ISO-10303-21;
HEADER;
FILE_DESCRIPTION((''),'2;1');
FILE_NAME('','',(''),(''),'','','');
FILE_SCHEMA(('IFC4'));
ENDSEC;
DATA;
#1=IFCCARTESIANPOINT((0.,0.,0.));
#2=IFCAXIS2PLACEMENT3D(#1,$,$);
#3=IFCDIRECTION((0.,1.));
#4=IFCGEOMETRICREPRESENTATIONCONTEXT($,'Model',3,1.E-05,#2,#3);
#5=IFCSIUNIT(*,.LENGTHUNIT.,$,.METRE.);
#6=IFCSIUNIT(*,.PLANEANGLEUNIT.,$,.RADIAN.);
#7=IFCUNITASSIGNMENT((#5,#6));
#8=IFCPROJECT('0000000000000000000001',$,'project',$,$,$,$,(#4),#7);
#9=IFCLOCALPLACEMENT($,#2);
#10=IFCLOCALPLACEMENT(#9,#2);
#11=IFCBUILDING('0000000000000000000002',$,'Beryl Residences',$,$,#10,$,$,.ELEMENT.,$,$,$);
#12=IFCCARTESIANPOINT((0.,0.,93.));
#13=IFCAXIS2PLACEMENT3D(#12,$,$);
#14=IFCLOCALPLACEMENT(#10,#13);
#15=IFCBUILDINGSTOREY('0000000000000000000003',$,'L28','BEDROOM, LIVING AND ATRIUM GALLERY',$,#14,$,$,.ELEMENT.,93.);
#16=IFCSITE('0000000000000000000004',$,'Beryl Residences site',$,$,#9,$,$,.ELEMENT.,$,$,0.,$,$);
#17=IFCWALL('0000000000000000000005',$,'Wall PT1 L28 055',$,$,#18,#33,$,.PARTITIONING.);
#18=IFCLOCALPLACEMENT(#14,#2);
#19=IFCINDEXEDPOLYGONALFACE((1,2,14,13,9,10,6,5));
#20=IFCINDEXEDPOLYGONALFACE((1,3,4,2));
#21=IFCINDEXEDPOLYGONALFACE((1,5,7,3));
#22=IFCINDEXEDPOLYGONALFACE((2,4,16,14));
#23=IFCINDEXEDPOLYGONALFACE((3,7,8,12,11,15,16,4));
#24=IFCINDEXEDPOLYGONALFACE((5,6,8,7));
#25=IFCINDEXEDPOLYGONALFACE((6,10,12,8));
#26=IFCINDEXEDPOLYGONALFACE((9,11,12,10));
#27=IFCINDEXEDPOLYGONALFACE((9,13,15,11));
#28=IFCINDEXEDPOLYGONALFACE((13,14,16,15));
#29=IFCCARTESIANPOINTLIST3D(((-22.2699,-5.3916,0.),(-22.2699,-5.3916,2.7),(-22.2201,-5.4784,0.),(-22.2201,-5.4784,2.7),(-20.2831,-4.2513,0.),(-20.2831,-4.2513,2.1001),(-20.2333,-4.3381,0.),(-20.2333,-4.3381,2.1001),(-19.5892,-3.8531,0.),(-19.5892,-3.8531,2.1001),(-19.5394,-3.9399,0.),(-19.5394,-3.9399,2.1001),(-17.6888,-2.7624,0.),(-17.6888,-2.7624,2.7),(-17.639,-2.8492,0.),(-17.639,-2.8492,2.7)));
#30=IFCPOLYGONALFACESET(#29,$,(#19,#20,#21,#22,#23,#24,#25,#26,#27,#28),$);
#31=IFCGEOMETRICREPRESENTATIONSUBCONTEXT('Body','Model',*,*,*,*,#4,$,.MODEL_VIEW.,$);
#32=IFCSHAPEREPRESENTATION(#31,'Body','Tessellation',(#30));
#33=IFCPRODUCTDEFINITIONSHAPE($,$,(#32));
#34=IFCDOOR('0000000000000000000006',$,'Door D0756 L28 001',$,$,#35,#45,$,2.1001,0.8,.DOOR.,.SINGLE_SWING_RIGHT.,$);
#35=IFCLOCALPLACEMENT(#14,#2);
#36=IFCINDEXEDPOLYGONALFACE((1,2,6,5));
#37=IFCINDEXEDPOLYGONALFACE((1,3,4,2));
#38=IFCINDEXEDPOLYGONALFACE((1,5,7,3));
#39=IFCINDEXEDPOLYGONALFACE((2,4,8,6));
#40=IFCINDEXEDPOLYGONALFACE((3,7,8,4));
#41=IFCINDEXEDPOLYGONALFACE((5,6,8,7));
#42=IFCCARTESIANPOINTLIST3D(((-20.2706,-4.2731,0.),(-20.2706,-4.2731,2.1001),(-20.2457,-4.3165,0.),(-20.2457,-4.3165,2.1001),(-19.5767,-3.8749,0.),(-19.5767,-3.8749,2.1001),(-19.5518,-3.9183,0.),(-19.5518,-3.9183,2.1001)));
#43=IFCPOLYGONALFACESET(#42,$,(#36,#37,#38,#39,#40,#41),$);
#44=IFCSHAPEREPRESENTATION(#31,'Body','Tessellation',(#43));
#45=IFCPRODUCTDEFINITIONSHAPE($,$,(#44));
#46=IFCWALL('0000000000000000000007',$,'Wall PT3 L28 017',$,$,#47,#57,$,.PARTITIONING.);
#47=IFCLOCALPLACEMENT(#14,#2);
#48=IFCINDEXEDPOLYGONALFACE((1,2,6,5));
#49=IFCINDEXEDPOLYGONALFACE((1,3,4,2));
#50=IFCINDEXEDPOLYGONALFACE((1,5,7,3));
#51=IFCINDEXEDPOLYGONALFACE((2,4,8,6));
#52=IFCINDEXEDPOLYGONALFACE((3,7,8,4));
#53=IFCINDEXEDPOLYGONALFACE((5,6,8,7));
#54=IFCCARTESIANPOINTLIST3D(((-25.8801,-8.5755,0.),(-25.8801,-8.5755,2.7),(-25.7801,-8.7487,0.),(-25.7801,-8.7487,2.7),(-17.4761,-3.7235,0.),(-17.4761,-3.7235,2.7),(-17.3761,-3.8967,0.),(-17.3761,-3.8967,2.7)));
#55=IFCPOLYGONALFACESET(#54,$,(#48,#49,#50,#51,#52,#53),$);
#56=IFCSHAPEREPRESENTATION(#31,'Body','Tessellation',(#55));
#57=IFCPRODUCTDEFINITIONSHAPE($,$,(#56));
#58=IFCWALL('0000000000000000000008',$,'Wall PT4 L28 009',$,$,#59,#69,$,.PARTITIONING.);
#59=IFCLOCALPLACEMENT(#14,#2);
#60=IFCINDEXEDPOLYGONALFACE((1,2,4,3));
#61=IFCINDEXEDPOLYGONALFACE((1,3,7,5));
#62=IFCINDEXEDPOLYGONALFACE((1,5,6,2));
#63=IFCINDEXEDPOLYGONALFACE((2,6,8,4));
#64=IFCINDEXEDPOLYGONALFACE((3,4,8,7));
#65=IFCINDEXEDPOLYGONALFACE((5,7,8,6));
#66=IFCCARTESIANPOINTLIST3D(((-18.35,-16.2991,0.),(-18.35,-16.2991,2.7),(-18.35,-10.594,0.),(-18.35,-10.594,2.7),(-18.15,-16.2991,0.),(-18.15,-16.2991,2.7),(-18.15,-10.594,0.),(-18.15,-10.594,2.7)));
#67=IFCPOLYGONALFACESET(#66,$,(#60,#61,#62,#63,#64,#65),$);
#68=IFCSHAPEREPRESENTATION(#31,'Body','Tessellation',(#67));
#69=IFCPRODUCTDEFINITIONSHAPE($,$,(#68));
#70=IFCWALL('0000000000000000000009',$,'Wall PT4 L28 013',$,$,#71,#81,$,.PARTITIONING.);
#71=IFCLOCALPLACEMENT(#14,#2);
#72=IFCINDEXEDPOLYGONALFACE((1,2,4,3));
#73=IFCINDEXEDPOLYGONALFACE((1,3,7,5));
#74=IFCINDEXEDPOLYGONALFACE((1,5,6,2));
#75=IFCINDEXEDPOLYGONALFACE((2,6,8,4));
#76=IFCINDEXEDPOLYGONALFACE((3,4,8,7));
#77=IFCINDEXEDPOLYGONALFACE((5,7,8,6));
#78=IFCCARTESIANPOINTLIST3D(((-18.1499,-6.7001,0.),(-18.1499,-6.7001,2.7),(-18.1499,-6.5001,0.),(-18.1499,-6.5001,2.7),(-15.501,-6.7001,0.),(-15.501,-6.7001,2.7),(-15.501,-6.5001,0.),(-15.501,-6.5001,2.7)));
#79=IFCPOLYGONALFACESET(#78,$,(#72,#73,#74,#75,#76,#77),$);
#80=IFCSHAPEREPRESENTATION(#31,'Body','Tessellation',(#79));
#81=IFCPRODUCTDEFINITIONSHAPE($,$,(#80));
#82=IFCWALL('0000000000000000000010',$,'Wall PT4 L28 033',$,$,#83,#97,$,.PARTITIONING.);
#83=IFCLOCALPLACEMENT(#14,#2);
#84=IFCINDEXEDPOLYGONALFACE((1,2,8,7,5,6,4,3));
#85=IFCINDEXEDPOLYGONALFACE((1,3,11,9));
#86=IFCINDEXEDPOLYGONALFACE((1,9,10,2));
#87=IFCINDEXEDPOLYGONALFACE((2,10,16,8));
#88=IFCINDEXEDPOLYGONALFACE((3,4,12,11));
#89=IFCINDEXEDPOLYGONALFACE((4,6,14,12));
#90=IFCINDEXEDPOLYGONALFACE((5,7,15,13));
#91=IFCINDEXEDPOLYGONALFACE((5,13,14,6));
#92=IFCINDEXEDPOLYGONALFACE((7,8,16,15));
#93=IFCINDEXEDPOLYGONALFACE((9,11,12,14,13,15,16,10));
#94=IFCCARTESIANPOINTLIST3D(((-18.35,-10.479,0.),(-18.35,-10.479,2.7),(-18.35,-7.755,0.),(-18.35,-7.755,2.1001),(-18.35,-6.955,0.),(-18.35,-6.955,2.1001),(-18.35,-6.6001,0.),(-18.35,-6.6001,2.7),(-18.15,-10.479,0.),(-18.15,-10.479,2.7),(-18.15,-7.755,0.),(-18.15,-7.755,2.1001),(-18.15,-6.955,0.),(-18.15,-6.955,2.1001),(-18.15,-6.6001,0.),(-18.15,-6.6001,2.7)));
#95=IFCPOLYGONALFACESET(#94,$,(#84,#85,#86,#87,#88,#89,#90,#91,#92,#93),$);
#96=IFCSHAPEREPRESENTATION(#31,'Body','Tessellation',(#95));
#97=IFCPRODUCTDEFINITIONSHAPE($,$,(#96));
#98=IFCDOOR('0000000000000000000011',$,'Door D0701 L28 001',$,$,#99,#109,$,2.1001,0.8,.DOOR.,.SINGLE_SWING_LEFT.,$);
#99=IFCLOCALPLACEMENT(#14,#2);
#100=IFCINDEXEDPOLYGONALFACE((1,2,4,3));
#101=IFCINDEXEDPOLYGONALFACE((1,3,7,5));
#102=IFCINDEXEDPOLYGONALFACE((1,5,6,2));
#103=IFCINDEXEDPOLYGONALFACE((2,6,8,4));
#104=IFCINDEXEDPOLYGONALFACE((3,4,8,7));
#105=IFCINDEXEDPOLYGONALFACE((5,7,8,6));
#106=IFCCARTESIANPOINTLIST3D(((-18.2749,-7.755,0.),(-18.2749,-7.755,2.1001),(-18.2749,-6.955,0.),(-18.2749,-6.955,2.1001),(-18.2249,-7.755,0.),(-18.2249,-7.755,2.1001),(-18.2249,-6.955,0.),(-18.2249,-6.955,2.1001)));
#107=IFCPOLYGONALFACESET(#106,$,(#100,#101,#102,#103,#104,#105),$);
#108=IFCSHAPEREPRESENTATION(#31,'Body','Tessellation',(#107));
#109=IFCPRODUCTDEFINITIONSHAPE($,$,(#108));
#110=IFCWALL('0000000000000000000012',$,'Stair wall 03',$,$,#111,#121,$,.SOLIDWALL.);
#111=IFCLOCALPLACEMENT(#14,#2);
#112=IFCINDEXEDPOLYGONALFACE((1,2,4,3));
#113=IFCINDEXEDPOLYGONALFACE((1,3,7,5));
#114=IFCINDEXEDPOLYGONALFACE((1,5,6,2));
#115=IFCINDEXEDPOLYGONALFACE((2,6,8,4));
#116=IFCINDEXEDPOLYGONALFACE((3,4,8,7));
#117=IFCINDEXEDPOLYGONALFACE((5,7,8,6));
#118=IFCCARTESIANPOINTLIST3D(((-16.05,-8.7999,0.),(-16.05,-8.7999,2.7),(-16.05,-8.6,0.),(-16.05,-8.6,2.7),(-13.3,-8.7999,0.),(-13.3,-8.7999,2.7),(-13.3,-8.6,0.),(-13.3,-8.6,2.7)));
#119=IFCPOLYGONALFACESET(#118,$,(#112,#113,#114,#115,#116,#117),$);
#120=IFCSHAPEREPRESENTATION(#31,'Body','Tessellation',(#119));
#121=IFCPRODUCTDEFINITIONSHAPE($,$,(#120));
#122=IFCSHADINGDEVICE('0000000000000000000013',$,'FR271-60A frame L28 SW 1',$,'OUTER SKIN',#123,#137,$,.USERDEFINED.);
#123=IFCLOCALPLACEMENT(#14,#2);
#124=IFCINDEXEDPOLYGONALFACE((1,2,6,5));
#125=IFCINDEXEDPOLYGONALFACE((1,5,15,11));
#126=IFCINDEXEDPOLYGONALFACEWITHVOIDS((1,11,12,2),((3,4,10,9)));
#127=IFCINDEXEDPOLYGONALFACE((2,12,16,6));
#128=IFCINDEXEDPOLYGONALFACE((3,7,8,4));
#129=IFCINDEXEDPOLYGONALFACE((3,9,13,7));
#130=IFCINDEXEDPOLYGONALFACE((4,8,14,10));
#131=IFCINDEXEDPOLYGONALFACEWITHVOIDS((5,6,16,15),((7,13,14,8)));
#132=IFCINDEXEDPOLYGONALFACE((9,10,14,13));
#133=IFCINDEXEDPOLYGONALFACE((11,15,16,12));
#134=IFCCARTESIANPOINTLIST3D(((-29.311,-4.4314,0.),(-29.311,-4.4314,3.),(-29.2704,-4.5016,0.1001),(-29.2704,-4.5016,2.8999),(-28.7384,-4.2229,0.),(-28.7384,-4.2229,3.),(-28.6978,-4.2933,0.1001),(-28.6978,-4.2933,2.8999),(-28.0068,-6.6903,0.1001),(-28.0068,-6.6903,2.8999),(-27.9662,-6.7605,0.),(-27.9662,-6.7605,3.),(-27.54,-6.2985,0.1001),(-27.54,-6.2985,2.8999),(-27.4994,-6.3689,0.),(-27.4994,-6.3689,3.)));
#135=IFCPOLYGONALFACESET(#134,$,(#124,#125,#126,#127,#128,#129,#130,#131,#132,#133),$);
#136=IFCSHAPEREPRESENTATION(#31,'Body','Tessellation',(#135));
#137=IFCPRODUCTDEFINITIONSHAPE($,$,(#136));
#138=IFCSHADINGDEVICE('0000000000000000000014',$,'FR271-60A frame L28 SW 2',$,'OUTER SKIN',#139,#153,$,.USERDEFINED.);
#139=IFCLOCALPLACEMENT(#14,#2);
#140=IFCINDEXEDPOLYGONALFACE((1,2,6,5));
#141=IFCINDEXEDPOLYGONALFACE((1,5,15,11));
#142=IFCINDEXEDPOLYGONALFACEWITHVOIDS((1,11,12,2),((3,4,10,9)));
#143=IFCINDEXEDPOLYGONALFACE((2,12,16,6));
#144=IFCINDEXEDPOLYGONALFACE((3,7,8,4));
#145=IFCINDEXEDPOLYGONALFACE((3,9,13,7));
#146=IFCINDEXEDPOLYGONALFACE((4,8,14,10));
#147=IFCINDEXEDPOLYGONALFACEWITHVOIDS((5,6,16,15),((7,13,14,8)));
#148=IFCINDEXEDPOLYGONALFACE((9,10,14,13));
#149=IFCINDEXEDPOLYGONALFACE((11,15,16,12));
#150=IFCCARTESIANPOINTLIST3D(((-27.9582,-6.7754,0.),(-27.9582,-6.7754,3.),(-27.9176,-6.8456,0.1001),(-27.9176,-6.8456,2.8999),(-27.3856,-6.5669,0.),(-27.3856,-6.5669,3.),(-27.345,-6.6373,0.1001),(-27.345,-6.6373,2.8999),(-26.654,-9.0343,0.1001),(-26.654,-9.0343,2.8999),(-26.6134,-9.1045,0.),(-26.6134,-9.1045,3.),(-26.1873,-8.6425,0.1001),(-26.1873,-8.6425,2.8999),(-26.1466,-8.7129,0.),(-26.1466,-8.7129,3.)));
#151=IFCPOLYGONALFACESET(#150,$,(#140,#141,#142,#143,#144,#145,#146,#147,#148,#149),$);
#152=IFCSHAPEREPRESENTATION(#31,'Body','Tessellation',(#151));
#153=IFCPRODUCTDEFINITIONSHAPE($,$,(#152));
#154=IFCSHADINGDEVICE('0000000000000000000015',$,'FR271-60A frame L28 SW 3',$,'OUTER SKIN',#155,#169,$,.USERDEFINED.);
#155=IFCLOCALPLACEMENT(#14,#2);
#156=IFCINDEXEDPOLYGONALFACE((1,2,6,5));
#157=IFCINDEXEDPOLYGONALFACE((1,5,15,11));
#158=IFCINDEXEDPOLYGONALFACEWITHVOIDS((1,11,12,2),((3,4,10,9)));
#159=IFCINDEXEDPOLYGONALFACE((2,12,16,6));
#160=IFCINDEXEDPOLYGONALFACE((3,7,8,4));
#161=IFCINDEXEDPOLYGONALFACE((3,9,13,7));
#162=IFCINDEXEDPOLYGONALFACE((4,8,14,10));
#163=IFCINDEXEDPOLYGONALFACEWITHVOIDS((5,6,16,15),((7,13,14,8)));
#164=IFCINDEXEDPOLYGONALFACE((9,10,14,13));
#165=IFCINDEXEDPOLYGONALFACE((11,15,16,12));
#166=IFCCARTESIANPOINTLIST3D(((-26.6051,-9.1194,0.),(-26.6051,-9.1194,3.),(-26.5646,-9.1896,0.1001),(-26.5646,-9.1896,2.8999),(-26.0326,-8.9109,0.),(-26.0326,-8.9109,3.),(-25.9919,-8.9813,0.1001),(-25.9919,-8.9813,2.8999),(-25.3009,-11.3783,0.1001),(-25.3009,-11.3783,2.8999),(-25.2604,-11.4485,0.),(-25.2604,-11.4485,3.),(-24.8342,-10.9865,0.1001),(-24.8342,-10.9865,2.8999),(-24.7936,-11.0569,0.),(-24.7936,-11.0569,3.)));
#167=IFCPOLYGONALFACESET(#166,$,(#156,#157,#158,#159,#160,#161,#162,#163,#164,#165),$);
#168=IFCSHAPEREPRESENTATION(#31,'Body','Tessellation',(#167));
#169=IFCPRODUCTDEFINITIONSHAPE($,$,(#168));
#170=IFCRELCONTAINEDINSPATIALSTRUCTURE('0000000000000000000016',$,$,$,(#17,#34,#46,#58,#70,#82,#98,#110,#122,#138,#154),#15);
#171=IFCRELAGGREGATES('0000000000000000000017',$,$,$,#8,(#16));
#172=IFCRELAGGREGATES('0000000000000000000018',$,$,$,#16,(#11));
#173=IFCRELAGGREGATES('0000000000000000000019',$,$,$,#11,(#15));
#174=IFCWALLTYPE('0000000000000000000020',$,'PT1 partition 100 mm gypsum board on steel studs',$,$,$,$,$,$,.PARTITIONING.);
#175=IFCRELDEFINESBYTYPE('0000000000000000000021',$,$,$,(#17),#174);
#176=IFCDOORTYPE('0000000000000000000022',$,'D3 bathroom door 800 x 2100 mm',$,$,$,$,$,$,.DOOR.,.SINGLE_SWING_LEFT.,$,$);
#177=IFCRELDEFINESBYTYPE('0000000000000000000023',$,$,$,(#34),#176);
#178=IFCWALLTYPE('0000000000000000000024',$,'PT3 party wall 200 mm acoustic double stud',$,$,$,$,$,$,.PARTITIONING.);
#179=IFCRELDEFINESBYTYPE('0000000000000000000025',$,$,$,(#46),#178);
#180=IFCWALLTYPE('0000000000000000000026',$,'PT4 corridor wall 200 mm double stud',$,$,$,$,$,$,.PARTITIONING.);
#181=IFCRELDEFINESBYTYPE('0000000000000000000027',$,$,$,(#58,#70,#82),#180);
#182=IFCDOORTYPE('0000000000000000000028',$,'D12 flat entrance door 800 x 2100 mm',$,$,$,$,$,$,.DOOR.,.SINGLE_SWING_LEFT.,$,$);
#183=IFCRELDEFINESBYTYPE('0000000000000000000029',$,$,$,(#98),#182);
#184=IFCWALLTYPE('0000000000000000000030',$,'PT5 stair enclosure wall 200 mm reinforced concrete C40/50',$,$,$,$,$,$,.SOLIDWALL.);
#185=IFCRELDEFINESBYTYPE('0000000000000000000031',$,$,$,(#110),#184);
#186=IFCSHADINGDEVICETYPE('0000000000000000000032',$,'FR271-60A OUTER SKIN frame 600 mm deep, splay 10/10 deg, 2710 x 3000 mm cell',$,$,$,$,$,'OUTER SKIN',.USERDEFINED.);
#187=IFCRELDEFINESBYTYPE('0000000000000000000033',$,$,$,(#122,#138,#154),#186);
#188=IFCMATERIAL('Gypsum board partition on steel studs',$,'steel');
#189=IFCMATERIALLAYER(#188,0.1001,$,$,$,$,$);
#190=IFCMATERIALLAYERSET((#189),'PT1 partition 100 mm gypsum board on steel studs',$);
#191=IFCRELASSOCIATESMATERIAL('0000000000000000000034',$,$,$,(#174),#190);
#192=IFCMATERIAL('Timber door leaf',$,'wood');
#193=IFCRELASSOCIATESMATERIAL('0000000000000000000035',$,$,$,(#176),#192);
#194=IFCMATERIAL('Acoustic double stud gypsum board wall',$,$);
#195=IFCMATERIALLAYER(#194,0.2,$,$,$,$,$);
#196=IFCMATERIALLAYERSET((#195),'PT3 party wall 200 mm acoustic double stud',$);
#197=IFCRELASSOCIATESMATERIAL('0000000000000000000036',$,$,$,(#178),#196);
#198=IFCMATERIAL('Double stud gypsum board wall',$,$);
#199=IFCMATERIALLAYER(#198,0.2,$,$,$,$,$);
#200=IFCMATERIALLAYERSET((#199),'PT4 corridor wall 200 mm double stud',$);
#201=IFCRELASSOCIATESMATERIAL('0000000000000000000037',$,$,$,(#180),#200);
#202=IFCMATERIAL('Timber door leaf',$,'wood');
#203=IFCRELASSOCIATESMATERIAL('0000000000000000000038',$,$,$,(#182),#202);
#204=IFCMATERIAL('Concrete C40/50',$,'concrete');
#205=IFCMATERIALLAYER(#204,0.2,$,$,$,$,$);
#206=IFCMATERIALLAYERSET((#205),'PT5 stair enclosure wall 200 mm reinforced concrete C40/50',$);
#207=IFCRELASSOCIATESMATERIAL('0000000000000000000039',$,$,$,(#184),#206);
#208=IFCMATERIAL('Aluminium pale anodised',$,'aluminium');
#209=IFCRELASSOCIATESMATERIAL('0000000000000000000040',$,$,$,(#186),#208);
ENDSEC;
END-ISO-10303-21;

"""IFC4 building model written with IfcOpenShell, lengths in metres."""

from ifc_helpers import new_model, entity, si_unit, direction, frame, frame_2d, origin, place, context, subcontext, project, spatial, rectangle, extrude, source, transform, mapped, material, layer, layer_set, type_object, type_shapes, element, fill, save


model = new_model("IFC4")

# Units and contexts
model_context = context("Model", 3, precision=1e-05, world=origin(), true_north=direction((0.0, 1.0)))
body_context = subcontext(model_context, "Body", "Model", "MODEL_VIEW")
ifc_project = project(units=[si_unit("LENGTHUNIT", "METRE"), si_unit("PLANEANGLEUNIT", "RADIAN")], contexts=[model_context])

# Site, building, storey
site_placement = place(None, origin())
site = spatial("IfcSite", under=ifc_project, at=site_placement, Name="Beryl Residences site", CompositionType="ELEMENT", RefElevation=0.0)
building_placement = place(site_placement, origin())
building = spatial("IfcBuilding", under=site, at=building_placement, Name="Beryl Residences", CompositionType="ELEMENT")
storey_placement = place(building_placement, frame((0.0, 0.0, 93.0)))
storey = spatial("IfcBuildingStorey", under=building, at=storey_placement, Name="L28", Description="BEDROOM, LIVING AND ATRIUM GALLERY", CompositionType="ELEMENT", Elevation=93.0)

# Shared definitions
ifc_material_1 = material(Name="Gypsum board partition on steel studs", Category="steel")
ifc_layer_1 = layer(ifc_material_1, 0.1001)
ifc_layer_set_1 = layer_set([ifc_layer_1], Name="PT1 partition 100 mm gypsum board on steel studs")
wall_type_1 = type_object("IfcWallType", Name="PT1 partition 100 mm gypsum board on steel studs", PredefinedType="PARTITIONING", material=ifc_layer_set_1)
ifc_material_2 = material(Name="Timber door leaf", Category="wood")
door_type_1 = type_object("IfcDoorType", Name="D3 bathroom door 800 x 2100 mm", OperationType="SINGLE_SWING_LEFT", PredefinedType="DOOR", material=ifc_material_2)

# Wall, opening, door
wall_1_placement = place(storey_placement, frame((-22.2451, -5.4351, 0.0), z_axis=(0.0, 0.0, 1.0), x_axis=(0.867311, 0.497766, 0.0)))
wall_1 = element("IfcWall", 1, at=wall_1_placement, inside=storey, type_object=wall_type_1, Name="Wall PT1 L28 055", PredefinedType="PARTITIONING", context=body_context, shape_type="SweptSolid", body=[
    extrude(rectangle(XDim=5.282, YDim=0.1001, at=frame_2d((2.6411, 0.0))), origin(), (0.0, 0.0, 1.0), 2.7),
])
opening_1_placement = place(wall_1_placement, frame((2.291, 0.0, 0.0)))
opening_1 = element("IfcOpeningElement", 2, at=opening_1_placement, cuts=wall_1, PredefinedType="OPENING", context=body_context, shape_type="SweptSolid", body=[
    extrude(rectangle(XDim=0.8, YDim=2.1001, at=frame_2d((0.3999, 1.05))), frame((0.0, 0.0601, 0.0), z_axis=(0.0, -1.0, 0.0), x_axis=(1.0, 0.0, 0.0)), (0.0, 0.0, 1.0), 0.1201),
])
door_1_placement = place(opening_1_placement, origin())
door_1 = element("IfcDoor", 3, at=door_1_placement, inside=storey, type_object=door_type_1, Name="Door D0756 L28 001", OperationType="SINGLE_SWING_RIGHT", OverallHeight=2.1001, OverallWidth=0.8, PredefinedType="DOOR", context=body_context, shape_type="SweptSolid", body=[
    extrude(rectangle(XDim=0.8, YDim=2.1001, at=frame_2d((0.3999, 1.05))), frame((0.0, 0.0249, 0.0), z_axis=(0.0, -1.0, 0.0), x_axis=(1.0, 0.0, 0.0)), (0.0, 0.0, 1.0), 0.05),
])
fill(opening_1, door_1)

# Walls
ifc_material_3 = material(Name="Acoustic double stud gypsum board wall")
ifc_layer_2 = layer(ifc_material_3, 0.2)
ifc_layer_set_2 = layer_set([ifc_layer_2], Name="PT3 party wall 200 mm acoustic double stud")
wall_type_2 = type_object("IfcWallType", Name="PT3 party wall 200 mm acoustic double stud", PredefinedType="PARTITIONING", material=ifc_layer_set_2)
wall_2_placement = place(storey_placement, frame((-25.8301, -8.6621, 0.0), z_axis=(0.0, 0.0, 1.0), x_axis=(0.866027, 0.499998, 0.0)))
element("IfcWall", 4, at=wall_2_placement, inside=storey, type_object=wall_type_2, Name="Wall PT3 L28 017", PredefinedType="PARTITIONING", context=body_context, shape_type="SweptSolid", body=[
    extrude(rectangle(XDim=9.7041, YDim=0.2, at=frame_2d((4.8521, 0.0))), origin(), (0.0, 0.0, 1.0), 2.7),
])
ifc_material_4 = material(Name="Double stud gypsum board wall")
ifc_layer_3 = layer(ifc_material_4, 0.2)
ifc_layer_set_3 = layer_set([ifc_layer_3], Name="PT4 corridor wall 200 mm double stud")
wall_type_3 = type_object("IfcWallType", Name="PT4 corridor wall 200 mm double stud", PredefinedType="PARTITIONING", material=ifc_layer_set_3)
wall_3_placement = place(storey_placement, frame((-18.25, -10.594, 0.0), z_axis=(0.0, 0.0, 1.0), x_axis=(0.0, -1.0, 0.0)))
element("IfcWall", 5, at=wall_3_placement, inside=storey, type_object=wall_type_3, Name="Wall PT4 L28 009", PredefinedType="PARTITIONING", context=body_context, shape_type="SweptSolid", body=[
    extrude(rectangle(XDim=5.7051, YDim=0.2, at=frame_2d((2.8525, 0.0))), origin(), (0.0, 0.0, 1.0), 2.7),
])
wall_4_placement = place(storey_placement, frame((-18.1499, -6.6001, 0.0), z_axis=(0.0, 0.0, 1.0), x_axis=(1.0, 0.0, 0.0)))
element("IfcWall", 6, at=wall_4_placement, inside=storey, type_object=wall_type_3, Name="Wall PT4 L28 013", PredefinedType="PARTITIONING", context=body_context, shape_type="SweptSolid", body=[
    extrude(rectangle(XDim=2.6489, YDim=0.2, at=frame_2d((1.3245, 0.0))), origin(), (0.0, 0.0, 1.0), 2.7),
])

# Wall, opening, door
wall_5_placement = place(storey_placement, frame((-18.25, -10.479, 0.0), z_axis=(0.0, 0.0, 1.0), x_axis=(0.0, 1.0, 0.0)))
wall_5 = element("IfcWall", 7, at=wall_5_placement, inside=storey, type_object=wall_type_3, Name="Wall PT4 L28 033", PredefinedType="PARTITIONING", context=body_context, shape_type="SweptSolid", body=[
    extrude(rectangle(XDim=3.8789, YDim=0.2, at=frame_2d((1.9395, 0.0))), origin(), (0.0, 0.0, 1.0), 2.7),
])
opening_2_placement = place(wall_5_placement, frame((2.7241, 0.0, 0.0)))
opening_2 = element("IfcOpeningElement", 8, at=opening_2_placement, cuts=wall_5, PredefinedType="OPENING", context=body_context, shape_type="SweptSolid", body=[
    extrude(rectangle(XDim=0.8, YDim=2.1001, at=frame_2d((0.3999, 1.05))), frame((0.0, 0.1099, 0.0), z_axis=(0.0, -1.0, 0.0), x_axis=(1.0, 0.0, 0.0)), (0.0, 0.0, 1.0), 0.22),
])
ifc_material_5 = material(Name="Timber door leaf", Category="wood")
door_type_2 = type_object("IfcDoorType", Name="D12 flat entrance door 800 x 2100 mm", OperationType="SINGLE_SWING_LEFT", PredefinedType="DOOR", material=ifc_material_5)
door_2_placement = place(opening_2_placement, origin())
door_2 = element("IfcDoor", 9, at=door_2_placement, inside=storey, type_object=door_type_2, Name="Door D0701 L28 001", OperationType="SINGLE_SWING_LEFT", OverallHeight=2.1001, OverallWidth=0.8, PredefinedType="DOOR", context=body_context, shape_type="SweptSolid", body=[
    extrude(rectangle(XDim=0.8, YDim=2.1001, at=frame_2d((0.3999, 1.05))), frame((0.0, 0.0249, 0.0), z_axis=(0.0, -1.0, 0.0), x_axis=(1.0, 0.0, 0.0)), (0.0, 0.0, 1.0), 0.05),
])
fill(opening_2, door_2)

# Wall
ifc_material_6 = material(Name="Concrete C40/50", Category="concrete")
ifc_layer_4 = layer(ifc_material_6, 0.2)
ifc_layer_set_4 = layer_set([ifc_layer_4], Name="PT5 stair enclosure wall 200 mm reinforced concrete C40/50")
wall_type_4 = type_object("IfcWallType", Name="PT5 stair enclosure wall 200 mm reinforced concrete C40/50", PredefinedType="SOLIDWALL", material=ifc_layer_set_4)
wall_6_placement = place(storey_placement, frame((-16.05, -8.7, 0.0), z_axis=(0.0, 0.0, 1.0), x_axis=(1.0, 0.0, 0.0)))
element("IfcWall", 10, at=wall_6_placement, inside=storey, type_object=wall_type_4, Name="Stair wall 03", PredefinedType="SOLIDWALL", context=body_context, shape_type="SweptSolid", body=[
    extrude(rectangle(XDim=2.75, YDim=0.2, at=frame_2d((1.375, 0.0))), origin(), (0.0, 0.0, 1.0), 2.7),
])

# Shading devices
ifc_material_7 = material(Name="Aluminium pale anodised", Category="aluminium")
shading_device_type = type_object("IfcShadingDeviceType", Name="FR271-60A OUTER SKIN frame 600 mm deep, splay 10/10 deg, 2710 x 3000 mm cell", ElementType="OUTER SKIN", PredefinedType="USERDEFINED", material=ifc_material_7)
cartesian_point_1 = entity("IfcCartesianPoint", [-1.239, 0.0])
cartesian_point_2 = entity("IfcCartesianPoint", [-1.1577, 0.1001])
cartesian_point_3 = entity("IfcCartesianPoint", [-1.3447, 0.0])
cartesian_point_4 = entity("IfcCartesianPoint", [-1.2637, 0.1001])
shared_shape_1 = source(origin(), body_context, "Body", "SweptSolid", [
    entity("IfcExtrudedAreaSolidTapered", entity("IfcArbitraryProfileDefWithVoids", "AREA", None, entity("IfcPolyline", [cartesian_point_1, entity("IfcCartesianPoint", [1.239, 0.0]), entity("IfcCartesianPoint", [1.239, 3.0]), entity("IfcCartesianPoint", [-1.239, 3.0]), cartesian_point_1]), [entity("IfcPolyline", [cartesian_point_2, entity("IfcCartesianPoint", [1.1577, 0.1001]), entity("IfcCartesianPoint", [1.1577, 2.8999]), entity("IfcCartesianPoint", [-1.1577, 2.8999]), cartesian_point_2])]), entity("IfcAxis2Placement3D", entity("IfcCartesianPoint", [0.0, 0.0, 0.0]), entity("IfcDirection", [0.0, 1.0, 0.0]), entity("IfcDirection", [-1.0, 0.0, 0.0])), entity("IfcDirection", [0.0, 0.0, 1.0]), 0.6001, entity("IfcArbitraryProfileDefWithVoids", "AREA", None, entity("IfcPolyline", [cartesian_point_3, entity("IfcCartesianPoint", [1.3447, 0.0]), entity("IfcCartesianPoint", [1.3447, 3.0]), entity("IfcCartesianPoint", [-1.3447, 3.0]), cartesian_point_3]), [entity("IfcPolyline", [cartesian_point_4, entity("IfcCartesianPoint", [1.2637, 0.1001]), entity("IfcCartesianPoint", [1.2637, 2.8999]), entity("IfcCartesianPoint", [-1.2637, 2.8999]), cartesian_point_4])])),
])
type_shapes(shading_device_type, [shared_shape_1])
for number, where, z_axis, x_axis, name in (
    (11, (-28.1189, -5.2959, 0.0), (0.0, 0.0, 1.0), (-0.5, 0.866025, 0.0), "FR271-60A frame L28 SW 1"),
    (12, (-26.7661, -7.6399, 0.0), (0.0, 0.0, 1.0), (-0.5, 0.866025, 0.0), "FR271-60A frame L28 SW 2"),
    (13, (-25.4131, -9.9839, 0.0), (0.0, 0.0, 1.0), (-0.5, 0.866025, 0.0), "FR271-60A frame L28 SW 3"),
):
    element("IfcShadingDevice", number, at=place(storey_placement, frame(where, z_axis=z_axis, x_axis=x_axis)), inside=storey, type_object=shading_device_type, Name=name, ObjectType="OUTER SKIN", PredefinedType="USERDEFINED", context=body_context, shape_type="MappedRepresentation", body=[
        mapped(shared_shape_1, transform((0.0, 0.0, 0.0))),
    ])

save(model, "model.ifc")
